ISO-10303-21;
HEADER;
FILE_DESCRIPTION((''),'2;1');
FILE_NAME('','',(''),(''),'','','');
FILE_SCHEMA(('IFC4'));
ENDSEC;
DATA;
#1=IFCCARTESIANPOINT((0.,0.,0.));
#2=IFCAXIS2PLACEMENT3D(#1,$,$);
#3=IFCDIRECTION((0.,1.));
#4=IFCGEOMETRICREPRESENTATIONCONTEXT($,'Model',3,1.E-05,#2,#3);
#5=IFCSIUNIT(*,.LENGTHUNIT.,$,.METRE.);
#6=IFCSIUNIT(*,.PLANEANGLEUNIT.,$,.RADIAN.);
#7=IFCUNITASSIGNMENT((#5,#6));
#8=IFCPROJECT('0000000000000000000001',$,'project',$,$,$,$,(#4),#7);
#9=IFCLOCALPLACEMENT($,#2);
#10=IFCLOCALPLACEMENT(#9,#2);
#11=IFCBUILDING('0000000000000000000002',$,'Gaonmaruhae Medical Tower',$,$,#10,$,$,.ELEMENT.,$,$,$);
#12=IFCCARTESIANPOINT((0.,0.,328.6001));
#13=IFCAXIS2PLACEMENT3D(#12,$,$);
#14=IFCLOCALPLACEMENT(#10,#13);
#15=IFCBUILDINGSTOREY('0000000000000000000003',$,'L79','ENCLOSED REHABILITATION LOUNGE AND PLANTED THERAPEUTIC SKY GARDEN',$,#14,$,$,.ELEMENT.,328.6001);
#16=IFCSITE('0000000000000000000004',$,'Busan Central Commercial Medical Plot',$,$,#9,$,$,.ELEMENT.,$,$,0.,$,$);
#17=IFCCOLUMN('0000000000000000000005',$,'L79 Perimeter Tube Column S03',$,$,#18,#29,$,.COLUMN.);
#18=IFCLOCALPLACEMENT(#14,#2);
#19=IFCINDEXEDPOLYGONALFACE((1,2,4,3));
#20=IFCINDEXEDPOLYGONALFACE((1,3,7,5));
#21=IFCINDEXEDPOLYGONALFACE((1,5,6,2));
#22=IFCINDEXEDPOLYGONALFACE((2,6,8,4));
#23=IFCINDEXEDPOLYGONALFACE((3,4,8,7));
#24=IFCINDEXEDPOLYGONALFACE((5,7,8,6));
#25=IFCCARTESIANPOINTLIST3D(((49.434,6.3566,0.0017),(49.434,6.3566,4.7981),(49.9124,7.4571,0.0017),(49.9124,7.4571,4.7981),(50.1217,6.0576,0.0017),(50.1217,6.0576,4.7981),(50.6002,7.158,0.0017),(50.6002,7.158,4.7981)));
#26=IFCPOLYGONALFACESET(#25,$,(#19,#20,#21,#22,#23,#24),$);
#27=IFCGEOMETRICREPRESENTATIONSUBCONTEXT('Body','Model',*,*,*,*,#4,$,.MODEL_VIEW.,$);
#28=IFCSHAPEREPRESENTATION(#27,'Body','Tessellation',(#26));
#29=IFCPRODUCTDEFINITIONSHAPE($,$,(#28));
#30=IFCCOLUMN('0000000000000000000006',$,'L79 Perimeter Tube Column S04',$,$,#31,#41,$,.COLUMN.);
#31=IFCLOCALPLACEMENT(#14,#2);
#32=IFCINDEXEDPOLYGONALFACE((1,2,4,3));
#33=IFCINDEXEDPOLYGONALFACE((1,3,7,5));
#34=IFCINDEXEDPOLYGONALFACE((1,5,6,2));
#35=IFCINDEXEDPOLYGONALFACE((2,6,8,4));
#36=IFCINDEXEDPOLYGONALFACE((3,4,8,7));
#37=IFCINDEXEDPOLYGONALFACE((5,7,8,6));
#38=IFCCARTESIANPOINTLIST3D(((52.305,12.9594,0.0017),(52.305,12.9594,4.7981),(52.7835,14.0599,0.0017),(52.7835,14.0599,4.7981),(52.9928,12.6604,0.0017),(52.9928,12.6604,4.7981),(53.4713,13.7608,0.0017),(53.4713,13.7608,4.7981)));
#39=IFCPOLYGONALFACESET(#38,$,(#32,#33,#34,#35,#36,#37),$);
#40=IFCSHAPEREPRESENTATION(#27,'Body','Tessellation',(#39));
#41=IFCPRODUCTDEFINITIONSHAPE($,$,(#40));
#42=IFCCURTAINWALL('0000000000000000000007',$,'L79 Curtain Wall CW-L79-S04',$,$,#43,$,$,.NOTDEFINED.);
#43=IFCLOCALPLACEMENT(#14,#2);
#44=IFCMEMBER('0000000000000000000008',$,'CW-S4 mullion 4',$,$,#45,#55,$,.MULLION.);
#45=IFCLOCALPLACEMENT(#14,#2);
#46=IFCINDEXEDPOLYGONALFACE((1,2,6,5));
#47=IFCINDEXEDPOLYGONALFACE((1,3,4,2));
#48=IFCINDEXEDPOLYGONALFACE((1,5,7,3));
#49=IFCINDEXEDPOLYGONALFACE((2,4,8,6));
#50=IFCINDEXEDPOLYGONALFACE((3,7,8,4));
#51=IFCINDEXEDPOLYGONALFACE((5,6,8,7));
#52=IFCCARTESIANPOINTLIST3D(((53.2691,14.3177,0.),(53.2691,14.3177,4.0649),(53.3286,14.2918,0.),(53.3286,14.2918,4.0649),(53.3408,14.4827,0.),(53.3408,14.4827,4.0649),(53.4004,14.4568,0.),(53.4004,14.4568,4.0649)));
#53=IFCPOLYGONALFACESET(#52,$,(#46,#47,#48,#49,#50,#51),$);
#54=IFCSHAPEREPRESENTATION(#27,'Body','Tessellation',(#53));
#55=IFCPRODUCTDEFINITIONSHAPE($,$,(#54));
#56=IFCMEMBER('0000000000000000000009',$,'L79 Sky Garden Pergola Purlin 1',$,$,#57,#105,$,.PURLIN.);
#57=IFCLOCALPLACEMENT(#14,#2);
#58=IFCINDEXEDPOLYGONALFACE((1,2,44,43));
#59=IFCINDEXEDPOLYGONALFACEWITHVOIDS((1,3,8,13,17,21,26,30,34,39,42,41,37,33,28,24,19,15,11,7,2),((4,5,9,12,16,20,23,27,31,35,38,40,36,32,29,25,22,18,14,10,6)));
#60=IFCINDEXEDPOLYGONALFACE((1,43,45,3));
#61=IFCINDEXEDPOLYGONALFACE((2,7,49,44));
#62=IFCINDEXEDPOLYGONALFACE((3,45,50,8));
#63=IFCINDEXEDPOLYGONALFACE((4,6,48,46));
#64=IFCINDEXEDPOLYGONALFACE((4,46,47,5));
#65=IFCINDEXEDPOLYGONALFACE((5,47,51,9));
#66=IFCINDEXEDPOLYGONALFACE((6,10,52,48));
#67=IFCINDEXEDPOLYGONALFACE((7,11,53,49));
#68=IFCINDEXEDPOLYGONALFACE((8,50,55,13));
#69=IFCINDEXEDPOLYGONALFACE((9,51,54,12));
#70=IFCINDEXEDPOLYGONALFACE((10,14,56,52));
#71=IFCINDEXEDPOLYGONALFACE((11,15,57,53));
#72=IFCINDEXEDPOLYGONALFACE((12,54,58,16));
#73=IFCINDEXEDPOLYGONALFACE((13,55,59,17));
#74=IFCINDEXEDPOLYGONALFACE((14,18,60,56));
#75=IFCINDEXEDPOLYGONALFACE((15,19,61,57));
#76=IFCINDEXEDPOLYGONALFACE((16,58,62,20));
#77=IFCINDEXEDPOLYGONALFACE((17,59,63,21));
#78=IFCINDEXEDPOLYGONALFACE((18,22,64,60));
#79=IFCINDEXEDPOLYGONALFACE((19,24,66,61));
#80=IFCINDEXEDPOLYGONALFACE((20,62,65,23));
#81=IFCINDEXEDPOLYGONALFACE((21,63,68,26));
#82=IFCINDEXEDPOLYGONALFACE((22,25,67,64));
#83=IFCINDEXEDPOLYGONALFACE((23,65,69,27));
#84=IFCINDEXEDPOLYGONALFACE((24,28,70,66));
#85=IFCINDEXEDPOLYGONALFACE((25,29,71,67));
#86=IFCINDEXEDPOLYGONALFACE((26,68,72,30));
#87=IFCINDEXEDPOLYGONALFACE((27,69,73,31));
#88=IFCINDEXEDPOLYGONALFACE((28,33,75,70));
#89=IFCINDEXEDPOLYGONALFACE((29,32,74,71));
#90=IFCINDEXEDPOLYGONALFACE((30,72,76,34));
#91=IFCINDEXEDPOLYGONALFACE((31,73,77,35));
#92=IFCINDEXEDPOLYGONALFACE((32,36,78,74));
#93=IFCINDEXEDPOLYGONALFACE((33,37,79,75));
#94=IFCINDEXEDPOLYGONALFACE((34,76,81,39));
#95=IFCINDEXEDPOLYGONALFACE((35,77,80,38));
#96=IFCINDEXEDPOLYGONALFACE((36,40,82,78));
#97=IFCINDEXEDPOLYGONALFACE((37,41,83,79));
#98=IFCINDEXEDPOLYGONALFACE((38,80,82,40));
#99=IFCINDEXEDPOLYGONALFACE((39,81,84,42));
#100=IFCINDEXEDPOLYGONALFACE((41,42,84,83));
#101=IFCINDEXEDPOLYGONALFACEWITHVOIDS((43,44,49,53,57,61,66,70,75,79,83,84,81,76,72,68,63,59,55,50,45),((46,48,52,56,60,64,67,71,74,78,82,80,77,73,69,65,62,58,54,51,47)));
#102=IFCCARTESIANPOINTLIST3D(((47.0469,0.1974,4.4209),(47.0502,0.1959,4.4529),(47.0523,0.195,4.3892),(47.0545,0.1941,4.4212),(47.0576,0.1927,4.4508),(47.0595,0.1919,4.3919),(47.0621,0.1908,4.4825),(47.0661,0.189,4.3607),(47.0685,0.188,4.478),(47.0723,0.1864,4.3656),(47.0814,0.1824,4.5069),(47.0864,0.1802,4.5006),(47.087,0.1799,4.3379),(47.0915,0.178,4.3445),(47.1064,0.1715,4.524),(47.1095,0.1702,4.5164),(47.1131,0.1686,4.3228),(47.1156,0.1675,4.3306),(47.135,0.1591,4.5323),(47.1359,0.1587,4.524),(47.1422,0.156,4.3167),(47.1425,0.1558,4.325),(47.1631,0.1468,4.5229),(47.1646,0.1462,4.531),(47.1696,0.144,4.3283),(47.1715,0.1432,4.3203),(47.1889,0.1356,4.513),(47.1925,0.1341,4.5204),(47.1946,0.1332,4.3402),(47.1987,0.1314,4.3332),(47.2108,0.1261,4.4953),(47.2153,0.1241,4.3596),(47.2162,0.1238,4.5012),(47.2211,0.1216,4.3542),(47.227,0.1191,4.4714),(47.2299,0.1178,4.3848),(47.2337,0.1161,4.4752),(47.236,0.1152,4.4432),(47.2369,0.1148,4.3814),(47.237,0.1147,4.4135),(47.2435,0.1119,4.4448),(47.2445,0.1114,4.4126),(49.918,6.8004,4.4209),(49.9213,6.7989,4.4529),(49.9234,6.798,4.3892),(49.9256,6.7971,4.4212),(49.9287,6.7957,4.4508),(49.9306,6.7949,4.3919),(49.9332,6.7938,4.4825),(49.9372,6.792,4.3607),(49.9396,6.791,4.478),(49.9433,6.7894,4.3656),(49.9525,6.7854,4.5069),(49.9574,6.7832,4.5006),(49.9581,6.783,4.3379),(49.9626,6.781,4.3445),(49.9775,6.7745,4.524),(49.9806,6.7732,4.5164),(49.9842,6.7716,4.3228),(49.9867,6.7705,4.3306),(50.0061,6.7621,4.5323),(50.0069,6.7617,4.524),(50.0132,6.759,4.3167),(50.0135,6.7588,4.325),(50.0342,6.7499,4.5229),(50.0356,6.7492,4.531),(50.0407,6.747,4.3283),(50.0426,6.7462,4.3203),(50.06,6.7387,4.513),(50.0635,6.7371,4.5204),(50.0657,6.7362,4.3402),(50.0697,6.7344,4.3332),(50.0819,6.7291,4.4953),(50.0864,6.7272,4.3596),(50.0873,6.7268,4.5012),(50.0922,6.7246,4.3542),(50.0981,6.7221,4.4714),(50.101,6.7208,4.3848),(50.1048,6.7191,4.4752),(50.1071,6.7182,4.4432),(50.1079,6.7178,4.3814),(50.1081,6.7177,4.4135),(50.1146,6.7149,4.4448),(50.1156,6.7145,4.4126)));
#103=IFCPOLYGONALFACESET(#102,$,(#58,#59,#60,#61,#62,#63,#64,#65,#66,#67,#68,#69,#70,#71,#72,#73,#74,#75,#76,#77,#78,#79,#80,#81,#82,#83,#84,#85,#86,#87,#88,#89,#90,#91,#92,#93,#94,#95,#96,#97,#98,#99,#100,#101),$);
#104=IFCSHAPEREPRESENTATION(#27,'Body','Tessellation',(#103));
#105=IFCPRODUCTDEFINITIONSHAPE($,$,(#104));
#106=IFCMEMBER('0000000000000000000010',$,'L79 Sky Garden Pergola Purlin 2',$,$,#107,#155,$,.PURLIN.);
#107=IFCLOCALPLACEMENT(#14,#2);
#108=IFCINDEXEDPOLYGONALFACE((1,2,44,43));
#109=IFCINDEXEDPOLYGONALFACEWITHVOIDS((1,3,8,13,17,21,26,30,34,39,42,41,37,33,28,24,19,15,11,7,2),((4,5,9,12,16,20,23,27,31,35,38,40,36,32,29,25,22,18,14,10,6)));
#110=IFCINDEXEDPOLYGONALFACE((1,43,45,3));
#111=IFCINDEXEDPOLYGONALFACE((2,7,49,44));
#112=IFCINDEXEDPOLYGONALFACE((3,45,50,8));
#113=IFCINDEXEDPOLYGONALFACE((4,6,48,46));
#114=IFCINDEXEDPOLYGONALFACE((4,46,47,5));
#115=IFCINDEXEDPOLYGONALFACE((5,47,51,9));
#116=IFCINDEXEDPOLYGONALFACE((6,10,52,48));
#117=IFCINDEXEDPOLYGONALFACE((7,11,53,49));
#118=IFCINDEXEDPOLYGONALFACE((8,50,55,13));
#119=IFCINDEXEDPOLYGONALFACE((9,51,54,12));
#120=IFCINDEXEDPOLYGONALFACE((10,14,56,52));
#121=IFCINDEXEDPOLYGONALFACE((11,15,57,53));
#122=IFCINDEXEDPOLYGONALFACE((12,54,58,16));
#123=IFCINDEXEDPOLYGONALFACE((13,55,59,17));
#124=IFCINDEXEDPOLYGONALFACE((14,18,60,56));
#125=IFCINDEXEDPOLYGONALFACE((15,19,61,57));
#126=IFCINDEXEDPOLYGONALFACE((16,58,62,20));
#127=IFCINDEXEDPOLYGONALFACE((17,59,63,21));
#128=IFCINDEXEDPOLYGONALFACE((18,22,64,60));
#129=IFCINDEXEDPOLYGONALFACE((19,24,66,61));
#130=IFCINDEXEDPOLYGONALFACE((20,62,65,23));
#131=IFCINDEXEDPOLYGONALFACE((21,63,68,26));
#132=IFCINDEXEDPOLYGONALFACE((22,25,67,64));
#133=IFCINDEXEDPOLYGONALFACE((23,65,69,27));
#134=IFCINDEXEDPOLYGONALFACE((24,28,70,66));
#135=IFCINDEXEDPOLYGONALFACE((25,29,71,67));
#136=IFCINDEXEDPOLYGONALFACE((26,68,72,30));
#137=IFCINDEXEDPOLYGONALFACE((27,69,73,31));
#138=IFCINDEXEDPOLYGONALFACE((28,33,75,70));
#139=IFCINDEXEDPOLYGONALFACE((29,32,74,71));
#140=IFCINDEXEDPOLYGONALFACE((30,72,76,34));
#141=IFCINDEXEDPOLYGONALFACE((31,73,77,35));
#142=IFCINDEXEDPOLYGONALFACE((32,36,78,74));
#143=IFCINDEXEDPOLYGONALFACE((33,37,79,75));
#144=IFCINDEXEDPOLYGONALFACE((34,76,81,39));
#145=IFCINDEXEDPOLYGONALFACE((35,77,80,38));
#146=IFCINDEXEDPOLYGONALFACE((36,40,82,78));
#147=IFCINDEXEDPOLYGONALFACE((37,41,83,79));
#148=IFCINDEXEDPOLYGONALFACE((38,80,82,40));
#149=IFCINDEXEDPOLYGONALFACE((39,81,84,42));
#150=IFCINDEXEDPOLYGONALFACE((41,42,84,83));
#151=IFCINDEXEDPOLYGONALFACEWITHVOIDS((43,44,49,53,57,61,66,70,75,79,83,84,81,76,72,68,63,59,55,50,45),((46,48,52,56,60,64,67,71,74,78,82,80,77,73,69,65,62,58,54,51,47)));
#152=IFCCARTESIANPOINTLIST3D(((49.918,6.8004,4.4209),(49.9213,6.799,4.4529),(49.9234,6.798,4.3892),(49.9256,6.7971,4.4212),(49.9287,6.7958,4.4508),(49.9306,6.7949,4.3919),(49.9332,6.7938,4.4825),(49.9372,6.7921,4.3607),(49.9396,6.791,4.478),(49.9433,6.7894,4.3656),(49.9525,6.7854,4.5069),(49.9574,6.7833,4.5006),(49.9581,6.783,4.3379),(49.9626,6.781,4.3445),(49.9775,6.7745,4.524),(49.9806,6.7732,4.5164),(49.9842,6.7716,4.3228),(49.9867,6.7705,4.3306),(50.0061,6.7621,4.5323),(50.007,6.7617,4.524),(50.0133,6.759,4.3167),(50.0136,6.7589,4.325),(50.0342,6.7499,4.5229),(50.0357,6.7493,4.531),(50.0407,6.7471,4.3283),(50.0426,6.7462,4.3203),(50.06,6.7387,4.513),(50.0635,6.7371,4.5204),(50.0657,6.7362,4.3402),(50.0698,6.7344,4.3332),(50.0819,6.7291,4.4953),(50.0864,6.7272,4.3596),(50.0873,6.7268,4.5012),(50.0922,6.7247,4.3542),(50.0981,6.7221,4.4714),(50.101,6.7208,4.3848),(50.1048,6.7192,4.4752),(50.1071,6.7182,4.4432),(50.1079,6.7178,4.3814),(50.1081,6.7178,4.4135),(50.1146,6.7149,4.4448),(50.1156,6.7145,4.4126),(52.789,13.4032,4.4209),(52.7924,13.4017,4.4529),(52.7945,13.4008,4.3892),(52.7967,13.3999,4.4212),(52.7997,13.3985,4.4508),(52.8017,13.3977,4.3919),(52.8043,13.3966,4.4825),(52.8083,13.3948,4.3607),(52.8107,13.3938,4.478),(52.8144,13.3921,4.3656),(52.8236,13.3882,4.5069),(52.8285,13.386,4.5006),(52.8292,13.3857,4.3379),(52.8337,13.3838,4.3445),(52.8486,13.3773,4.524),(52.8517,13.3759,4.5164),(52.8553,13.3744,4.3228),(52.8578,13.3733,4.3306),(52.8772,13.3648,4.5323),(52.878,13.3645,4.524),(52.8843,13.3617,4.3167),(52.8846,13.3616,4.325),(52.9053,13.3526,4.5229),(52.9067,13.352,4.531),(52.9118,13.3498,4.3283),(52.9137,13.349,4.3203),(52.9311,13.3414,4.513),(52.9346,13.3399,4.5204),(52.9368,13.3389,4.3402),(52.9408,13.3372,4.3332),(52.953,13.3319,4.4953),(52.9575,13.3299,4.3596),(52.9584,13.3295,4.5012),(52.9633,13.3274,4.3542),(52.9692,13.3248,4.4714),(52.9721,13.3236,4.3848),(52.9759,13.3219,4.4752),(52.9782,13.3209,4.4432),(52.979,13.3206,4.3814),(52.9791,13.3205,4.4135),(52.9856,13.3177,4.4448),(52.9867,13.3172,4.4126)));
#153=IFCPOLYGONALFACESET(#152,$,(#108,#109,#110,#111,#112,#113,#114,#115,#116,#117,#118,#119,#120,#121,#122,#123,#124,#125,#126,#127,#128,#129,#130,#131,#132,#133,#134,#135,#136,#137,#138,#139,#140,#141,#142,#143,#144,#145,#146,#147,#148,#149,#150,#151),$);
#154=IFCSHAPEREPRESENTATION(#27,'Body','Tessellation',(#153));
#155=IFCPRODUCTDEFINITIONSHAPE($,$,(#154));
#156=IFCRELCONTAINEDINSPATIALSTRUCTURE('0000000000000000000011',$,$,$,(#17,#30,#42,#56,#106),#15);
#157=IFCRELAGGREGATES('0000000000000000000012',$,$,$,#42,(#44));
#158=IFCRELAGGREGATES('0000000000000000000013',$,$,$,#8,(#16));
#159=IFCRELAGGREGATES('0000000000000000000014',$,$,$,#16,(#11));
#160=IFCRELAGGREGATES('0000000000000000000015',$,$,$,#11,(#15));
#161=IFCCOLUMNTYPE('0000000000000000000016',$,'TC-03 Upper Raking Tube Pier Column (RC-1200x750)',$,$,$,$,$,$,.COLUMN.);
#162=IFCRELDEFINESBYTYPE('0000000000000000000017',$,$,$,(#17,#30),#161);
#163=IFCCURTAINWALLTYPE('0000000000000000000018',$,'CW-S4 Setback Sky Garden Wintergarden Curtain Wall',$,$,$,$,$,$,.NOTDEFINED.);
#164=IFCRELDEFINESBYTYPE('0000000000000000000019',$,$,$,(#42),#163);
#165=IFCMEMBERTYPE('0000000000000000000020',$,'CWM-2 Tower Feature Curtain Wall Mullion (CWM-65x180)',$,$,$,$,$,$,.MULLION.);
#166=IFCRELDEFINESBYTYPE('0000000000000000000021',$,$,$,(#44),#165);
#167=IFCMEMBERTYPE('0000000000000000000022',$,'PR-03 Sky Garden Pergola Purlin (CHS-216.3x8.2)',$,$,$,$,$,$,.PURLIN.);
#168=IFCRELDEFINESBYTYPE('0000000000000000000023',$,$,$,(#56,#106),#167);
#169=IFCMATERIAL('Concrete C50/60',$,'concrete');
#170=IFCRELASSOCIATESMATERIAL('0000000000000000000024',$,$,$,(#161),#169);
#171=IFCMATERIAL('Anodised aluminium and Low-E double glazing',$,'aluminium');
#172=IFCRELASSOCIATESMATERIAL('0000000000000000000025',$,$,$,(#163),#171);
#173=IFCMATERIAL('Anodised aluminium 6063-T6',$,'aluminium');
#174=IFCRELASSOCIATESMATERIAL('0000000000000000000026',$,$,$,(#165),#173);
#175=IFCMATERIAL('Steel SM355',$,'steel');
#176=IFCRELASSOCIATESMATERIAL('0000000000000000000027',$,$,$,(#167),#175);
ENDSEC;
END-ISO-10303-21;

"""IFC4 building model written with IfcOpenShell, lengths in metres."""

from ifc_helpers import new_model, si_unit, direction, frame, origin, origin_2d, place, context, subcontext, project, spatial, rectangle, hollow_circle, extrude, material, material_profile, profile_set, type_object, element, aggregate, save


model = new_model("IFC4")

# Units and contexts
model_context = context("Model", 3, precision=1e-05, world=origin(), true_north=direction((0.0, 1.0)))
body_context = subcontext(model_context, "Body", "Model", "MODEL_VIEW")
ifc_project = project(units=[si_unit("LENGTHUNIT", "METRE"), si_unit("PLANEANGLEUNIT", "RADIAN")], contexts=[model_context])

# Site, building, storey
site_placement = place(None, origin())
site = spatial("IfcSite", under=ifc_project, at=site_placement, Name="Busan Central Commercial Medical Plot", CompositionType="ELEMENT", RefElevation=0.0)
building_placement = place(site_placement, origin())
building = spatial("IfcBuilding", under=site, at=building_placement, Name="Gaonmaruhae Medical Tower", CompositionType="ELEMENT")
storey_placement = place(building_placement, frame((0.0, 0.0, 328.6001)))
storey = spatial("IfcBuildingStorey", under=building, at=storey_placement, Name="L79", Description="ENCLOSED REHABILITATION LOUNGE AND PLANTED THERAPEUTIC SKY GARDEN", CompositionType="ELEMENT", Elevation=328.6001)

# Columns
ifc_material_1 = material(Name="Concrete C50/60", Category="concrete")
ifc_material_profile_1 = material_profile(ifc_material_1, rectangle(XDim=1.2, YDim=0.75, at=origin_2d()), Name="RC-1200x750")
ifc_profile_set_1 = profile_set([ifc_material_profile_1], Name="Concrete C50/60")
column_type = type_object("IfcColumnType", Name="TC-03 Upper Raking Tube Pier Column (RC-1200x750)", PredefinedType="COLUMN", material=ifc_profile_set_1)
for number, where, z_axis, x_axis, name in (
    (1, (50.0171, 6.7573, 0.0017), (0.0, 0.0, 1.0), (0.398749, 0.91706, 0.0), "L79 Perimeter Tube Column S03"),
    (2, (52.8882, 13.3601, 0.0017), (0.0, 0.0, 1.0), (0.398749, 0.91706, 0.0), "L79 Perimeter Tube Column S04"),
):
    element("IfcColumn", number, at=place(storey_placement, frame(where, z_axis=z_axis, x_axis=x_axis)), inside=storey, type_object=column_type, Name=name, PredefinedType="COLUMN", context=body_context, shape_type="SweptSolid", body=[
        extrude(rectangle(XDim=1.2, YDim=0.75, at=origin_2d()), origin(), (0.0, 0.0, 1.0), 4.7964),
    ])

# Curtain wall, member
ifc_material_2 = material(Name="Anodised aluminium and Low-E double glazing", Category="aluminium")
curtain_wall_type = type_object("IfcCurtainWallType", Name="CW-S4 Setback Sky Garden Wintergarden Curtain Wall", PredefinedType="NOTDEFINED", material=ifc_material_2)
curtain_wall_placement = place(storey_placement, origin())
curtain_wall = element("IfcCurtainWall", 3, at=curtain_wall_placement, inside=storey, type_object=curtain_wall_type, Name="L79 Curtain Wall CW-L79-S04", PredefinedType="NOTDEFINED")
ifc_material_3 = material(Name="Anodised aluminium 6063-T6", Category="aluminium")
ifc_material_profile_2 = material_profile(ifc_material_3, rectangle(XDim=0.0649, YDim=0.1799, at=origin_2d()), Name="CWM-65x180")
ifc_profile_set_2 = profile_set([ifc_material_profile_2], Name="Anodised aluminium 6063-T6")
member_type_1 = type_object("IfcMemberType", Name="CWM-2 Tower Feature Curtain Wall Mullion (CWM-65x180)", PredefinedType="MULLION", material=ifc_profile_set_2)
member_1_placement = place(storey_placement, frame((53.3347, 14.3872, 0.0), z_axis=(0.0, 0.0, 1.0), x_axis=(0.91706, -0.398749, 0.0)))
member_1 = element("IfcMember", 4, at=member_1_placement, type_object=member_type_1, Name="CW-S4 mullion 4", PredefinedType="MULLION", context=body_context, shape_type="SweptSolid", body=[
    extrude(rectangle(XDim=0.0649, YDim=0.1799, at=origin_2d()), origin(), (0.0, 0.0, 1.0), 4.0649),
])

# Members
ifc_material_4 = material(Name="Steel SM355", Category="steel")
ifc_material_profile_3 = material_profile(ifc_material_4, hollow_circle(Radius=0.1082, WallThickness=0.0083, at=origin_2d()), Name="CHS-216.3x8.2")
ifc_profile_set_3 = profile_set([ifc_material_profile_3], Name="Steel SM355")
member_type_2 = type_object("IfcMemberType", Name="PR-03 Sky Garden Pergola Purlin (CHS-216.3x8.2)", PredefinedType="PURLIN", material=ifc_profile_set_3)
member_2_placement = place(storey_placement, frame((47.146, 0.1543, 4.4248), z_axis=(0.398751, 0.917059, 0.0), x_axis=(-0.365677, 0.159002, 0.91706)))
element("IfcMember", 5, at=member_2_placement, inside=storey, type_object=member_type_2, Name="L79 Sky Garden Pergola Purlin 1", PredefinedType="PURLIN", context=body_context, shape_type="SweptSolid", body=[
    extrude(hollow_circle(Radius=0.1082, WallThickness=0.0083, at=origin_2d()), origin(), (0.0, 0.0, 1.0), 7.2002),
])
member_3_placement = place(storey_placement, frame((50.0171, 6.7573, 4.4248), z_axis=(0.398763, 0.917054, 0.0), x_axis=(-0.365674, 0.159006, 0.91706)))
element("IfcMember", 6, at=member_3_placement, inside=storey, type_object=member_type_2, Name="L79 Sky Garden Pergola Purlin 2", PredefinedType="PURLIN", context=body_context, shape_type="SweptSolid", body=[
    extrude(hollow_circle(Radius=0.1082, WallThickness=0.0083, at=origin_2d()), origin(), (0.0, 0.0, 1.0), 7.2),
])

aggregate(curtain_wall, [member_1])

save(model, "model.ifc")
